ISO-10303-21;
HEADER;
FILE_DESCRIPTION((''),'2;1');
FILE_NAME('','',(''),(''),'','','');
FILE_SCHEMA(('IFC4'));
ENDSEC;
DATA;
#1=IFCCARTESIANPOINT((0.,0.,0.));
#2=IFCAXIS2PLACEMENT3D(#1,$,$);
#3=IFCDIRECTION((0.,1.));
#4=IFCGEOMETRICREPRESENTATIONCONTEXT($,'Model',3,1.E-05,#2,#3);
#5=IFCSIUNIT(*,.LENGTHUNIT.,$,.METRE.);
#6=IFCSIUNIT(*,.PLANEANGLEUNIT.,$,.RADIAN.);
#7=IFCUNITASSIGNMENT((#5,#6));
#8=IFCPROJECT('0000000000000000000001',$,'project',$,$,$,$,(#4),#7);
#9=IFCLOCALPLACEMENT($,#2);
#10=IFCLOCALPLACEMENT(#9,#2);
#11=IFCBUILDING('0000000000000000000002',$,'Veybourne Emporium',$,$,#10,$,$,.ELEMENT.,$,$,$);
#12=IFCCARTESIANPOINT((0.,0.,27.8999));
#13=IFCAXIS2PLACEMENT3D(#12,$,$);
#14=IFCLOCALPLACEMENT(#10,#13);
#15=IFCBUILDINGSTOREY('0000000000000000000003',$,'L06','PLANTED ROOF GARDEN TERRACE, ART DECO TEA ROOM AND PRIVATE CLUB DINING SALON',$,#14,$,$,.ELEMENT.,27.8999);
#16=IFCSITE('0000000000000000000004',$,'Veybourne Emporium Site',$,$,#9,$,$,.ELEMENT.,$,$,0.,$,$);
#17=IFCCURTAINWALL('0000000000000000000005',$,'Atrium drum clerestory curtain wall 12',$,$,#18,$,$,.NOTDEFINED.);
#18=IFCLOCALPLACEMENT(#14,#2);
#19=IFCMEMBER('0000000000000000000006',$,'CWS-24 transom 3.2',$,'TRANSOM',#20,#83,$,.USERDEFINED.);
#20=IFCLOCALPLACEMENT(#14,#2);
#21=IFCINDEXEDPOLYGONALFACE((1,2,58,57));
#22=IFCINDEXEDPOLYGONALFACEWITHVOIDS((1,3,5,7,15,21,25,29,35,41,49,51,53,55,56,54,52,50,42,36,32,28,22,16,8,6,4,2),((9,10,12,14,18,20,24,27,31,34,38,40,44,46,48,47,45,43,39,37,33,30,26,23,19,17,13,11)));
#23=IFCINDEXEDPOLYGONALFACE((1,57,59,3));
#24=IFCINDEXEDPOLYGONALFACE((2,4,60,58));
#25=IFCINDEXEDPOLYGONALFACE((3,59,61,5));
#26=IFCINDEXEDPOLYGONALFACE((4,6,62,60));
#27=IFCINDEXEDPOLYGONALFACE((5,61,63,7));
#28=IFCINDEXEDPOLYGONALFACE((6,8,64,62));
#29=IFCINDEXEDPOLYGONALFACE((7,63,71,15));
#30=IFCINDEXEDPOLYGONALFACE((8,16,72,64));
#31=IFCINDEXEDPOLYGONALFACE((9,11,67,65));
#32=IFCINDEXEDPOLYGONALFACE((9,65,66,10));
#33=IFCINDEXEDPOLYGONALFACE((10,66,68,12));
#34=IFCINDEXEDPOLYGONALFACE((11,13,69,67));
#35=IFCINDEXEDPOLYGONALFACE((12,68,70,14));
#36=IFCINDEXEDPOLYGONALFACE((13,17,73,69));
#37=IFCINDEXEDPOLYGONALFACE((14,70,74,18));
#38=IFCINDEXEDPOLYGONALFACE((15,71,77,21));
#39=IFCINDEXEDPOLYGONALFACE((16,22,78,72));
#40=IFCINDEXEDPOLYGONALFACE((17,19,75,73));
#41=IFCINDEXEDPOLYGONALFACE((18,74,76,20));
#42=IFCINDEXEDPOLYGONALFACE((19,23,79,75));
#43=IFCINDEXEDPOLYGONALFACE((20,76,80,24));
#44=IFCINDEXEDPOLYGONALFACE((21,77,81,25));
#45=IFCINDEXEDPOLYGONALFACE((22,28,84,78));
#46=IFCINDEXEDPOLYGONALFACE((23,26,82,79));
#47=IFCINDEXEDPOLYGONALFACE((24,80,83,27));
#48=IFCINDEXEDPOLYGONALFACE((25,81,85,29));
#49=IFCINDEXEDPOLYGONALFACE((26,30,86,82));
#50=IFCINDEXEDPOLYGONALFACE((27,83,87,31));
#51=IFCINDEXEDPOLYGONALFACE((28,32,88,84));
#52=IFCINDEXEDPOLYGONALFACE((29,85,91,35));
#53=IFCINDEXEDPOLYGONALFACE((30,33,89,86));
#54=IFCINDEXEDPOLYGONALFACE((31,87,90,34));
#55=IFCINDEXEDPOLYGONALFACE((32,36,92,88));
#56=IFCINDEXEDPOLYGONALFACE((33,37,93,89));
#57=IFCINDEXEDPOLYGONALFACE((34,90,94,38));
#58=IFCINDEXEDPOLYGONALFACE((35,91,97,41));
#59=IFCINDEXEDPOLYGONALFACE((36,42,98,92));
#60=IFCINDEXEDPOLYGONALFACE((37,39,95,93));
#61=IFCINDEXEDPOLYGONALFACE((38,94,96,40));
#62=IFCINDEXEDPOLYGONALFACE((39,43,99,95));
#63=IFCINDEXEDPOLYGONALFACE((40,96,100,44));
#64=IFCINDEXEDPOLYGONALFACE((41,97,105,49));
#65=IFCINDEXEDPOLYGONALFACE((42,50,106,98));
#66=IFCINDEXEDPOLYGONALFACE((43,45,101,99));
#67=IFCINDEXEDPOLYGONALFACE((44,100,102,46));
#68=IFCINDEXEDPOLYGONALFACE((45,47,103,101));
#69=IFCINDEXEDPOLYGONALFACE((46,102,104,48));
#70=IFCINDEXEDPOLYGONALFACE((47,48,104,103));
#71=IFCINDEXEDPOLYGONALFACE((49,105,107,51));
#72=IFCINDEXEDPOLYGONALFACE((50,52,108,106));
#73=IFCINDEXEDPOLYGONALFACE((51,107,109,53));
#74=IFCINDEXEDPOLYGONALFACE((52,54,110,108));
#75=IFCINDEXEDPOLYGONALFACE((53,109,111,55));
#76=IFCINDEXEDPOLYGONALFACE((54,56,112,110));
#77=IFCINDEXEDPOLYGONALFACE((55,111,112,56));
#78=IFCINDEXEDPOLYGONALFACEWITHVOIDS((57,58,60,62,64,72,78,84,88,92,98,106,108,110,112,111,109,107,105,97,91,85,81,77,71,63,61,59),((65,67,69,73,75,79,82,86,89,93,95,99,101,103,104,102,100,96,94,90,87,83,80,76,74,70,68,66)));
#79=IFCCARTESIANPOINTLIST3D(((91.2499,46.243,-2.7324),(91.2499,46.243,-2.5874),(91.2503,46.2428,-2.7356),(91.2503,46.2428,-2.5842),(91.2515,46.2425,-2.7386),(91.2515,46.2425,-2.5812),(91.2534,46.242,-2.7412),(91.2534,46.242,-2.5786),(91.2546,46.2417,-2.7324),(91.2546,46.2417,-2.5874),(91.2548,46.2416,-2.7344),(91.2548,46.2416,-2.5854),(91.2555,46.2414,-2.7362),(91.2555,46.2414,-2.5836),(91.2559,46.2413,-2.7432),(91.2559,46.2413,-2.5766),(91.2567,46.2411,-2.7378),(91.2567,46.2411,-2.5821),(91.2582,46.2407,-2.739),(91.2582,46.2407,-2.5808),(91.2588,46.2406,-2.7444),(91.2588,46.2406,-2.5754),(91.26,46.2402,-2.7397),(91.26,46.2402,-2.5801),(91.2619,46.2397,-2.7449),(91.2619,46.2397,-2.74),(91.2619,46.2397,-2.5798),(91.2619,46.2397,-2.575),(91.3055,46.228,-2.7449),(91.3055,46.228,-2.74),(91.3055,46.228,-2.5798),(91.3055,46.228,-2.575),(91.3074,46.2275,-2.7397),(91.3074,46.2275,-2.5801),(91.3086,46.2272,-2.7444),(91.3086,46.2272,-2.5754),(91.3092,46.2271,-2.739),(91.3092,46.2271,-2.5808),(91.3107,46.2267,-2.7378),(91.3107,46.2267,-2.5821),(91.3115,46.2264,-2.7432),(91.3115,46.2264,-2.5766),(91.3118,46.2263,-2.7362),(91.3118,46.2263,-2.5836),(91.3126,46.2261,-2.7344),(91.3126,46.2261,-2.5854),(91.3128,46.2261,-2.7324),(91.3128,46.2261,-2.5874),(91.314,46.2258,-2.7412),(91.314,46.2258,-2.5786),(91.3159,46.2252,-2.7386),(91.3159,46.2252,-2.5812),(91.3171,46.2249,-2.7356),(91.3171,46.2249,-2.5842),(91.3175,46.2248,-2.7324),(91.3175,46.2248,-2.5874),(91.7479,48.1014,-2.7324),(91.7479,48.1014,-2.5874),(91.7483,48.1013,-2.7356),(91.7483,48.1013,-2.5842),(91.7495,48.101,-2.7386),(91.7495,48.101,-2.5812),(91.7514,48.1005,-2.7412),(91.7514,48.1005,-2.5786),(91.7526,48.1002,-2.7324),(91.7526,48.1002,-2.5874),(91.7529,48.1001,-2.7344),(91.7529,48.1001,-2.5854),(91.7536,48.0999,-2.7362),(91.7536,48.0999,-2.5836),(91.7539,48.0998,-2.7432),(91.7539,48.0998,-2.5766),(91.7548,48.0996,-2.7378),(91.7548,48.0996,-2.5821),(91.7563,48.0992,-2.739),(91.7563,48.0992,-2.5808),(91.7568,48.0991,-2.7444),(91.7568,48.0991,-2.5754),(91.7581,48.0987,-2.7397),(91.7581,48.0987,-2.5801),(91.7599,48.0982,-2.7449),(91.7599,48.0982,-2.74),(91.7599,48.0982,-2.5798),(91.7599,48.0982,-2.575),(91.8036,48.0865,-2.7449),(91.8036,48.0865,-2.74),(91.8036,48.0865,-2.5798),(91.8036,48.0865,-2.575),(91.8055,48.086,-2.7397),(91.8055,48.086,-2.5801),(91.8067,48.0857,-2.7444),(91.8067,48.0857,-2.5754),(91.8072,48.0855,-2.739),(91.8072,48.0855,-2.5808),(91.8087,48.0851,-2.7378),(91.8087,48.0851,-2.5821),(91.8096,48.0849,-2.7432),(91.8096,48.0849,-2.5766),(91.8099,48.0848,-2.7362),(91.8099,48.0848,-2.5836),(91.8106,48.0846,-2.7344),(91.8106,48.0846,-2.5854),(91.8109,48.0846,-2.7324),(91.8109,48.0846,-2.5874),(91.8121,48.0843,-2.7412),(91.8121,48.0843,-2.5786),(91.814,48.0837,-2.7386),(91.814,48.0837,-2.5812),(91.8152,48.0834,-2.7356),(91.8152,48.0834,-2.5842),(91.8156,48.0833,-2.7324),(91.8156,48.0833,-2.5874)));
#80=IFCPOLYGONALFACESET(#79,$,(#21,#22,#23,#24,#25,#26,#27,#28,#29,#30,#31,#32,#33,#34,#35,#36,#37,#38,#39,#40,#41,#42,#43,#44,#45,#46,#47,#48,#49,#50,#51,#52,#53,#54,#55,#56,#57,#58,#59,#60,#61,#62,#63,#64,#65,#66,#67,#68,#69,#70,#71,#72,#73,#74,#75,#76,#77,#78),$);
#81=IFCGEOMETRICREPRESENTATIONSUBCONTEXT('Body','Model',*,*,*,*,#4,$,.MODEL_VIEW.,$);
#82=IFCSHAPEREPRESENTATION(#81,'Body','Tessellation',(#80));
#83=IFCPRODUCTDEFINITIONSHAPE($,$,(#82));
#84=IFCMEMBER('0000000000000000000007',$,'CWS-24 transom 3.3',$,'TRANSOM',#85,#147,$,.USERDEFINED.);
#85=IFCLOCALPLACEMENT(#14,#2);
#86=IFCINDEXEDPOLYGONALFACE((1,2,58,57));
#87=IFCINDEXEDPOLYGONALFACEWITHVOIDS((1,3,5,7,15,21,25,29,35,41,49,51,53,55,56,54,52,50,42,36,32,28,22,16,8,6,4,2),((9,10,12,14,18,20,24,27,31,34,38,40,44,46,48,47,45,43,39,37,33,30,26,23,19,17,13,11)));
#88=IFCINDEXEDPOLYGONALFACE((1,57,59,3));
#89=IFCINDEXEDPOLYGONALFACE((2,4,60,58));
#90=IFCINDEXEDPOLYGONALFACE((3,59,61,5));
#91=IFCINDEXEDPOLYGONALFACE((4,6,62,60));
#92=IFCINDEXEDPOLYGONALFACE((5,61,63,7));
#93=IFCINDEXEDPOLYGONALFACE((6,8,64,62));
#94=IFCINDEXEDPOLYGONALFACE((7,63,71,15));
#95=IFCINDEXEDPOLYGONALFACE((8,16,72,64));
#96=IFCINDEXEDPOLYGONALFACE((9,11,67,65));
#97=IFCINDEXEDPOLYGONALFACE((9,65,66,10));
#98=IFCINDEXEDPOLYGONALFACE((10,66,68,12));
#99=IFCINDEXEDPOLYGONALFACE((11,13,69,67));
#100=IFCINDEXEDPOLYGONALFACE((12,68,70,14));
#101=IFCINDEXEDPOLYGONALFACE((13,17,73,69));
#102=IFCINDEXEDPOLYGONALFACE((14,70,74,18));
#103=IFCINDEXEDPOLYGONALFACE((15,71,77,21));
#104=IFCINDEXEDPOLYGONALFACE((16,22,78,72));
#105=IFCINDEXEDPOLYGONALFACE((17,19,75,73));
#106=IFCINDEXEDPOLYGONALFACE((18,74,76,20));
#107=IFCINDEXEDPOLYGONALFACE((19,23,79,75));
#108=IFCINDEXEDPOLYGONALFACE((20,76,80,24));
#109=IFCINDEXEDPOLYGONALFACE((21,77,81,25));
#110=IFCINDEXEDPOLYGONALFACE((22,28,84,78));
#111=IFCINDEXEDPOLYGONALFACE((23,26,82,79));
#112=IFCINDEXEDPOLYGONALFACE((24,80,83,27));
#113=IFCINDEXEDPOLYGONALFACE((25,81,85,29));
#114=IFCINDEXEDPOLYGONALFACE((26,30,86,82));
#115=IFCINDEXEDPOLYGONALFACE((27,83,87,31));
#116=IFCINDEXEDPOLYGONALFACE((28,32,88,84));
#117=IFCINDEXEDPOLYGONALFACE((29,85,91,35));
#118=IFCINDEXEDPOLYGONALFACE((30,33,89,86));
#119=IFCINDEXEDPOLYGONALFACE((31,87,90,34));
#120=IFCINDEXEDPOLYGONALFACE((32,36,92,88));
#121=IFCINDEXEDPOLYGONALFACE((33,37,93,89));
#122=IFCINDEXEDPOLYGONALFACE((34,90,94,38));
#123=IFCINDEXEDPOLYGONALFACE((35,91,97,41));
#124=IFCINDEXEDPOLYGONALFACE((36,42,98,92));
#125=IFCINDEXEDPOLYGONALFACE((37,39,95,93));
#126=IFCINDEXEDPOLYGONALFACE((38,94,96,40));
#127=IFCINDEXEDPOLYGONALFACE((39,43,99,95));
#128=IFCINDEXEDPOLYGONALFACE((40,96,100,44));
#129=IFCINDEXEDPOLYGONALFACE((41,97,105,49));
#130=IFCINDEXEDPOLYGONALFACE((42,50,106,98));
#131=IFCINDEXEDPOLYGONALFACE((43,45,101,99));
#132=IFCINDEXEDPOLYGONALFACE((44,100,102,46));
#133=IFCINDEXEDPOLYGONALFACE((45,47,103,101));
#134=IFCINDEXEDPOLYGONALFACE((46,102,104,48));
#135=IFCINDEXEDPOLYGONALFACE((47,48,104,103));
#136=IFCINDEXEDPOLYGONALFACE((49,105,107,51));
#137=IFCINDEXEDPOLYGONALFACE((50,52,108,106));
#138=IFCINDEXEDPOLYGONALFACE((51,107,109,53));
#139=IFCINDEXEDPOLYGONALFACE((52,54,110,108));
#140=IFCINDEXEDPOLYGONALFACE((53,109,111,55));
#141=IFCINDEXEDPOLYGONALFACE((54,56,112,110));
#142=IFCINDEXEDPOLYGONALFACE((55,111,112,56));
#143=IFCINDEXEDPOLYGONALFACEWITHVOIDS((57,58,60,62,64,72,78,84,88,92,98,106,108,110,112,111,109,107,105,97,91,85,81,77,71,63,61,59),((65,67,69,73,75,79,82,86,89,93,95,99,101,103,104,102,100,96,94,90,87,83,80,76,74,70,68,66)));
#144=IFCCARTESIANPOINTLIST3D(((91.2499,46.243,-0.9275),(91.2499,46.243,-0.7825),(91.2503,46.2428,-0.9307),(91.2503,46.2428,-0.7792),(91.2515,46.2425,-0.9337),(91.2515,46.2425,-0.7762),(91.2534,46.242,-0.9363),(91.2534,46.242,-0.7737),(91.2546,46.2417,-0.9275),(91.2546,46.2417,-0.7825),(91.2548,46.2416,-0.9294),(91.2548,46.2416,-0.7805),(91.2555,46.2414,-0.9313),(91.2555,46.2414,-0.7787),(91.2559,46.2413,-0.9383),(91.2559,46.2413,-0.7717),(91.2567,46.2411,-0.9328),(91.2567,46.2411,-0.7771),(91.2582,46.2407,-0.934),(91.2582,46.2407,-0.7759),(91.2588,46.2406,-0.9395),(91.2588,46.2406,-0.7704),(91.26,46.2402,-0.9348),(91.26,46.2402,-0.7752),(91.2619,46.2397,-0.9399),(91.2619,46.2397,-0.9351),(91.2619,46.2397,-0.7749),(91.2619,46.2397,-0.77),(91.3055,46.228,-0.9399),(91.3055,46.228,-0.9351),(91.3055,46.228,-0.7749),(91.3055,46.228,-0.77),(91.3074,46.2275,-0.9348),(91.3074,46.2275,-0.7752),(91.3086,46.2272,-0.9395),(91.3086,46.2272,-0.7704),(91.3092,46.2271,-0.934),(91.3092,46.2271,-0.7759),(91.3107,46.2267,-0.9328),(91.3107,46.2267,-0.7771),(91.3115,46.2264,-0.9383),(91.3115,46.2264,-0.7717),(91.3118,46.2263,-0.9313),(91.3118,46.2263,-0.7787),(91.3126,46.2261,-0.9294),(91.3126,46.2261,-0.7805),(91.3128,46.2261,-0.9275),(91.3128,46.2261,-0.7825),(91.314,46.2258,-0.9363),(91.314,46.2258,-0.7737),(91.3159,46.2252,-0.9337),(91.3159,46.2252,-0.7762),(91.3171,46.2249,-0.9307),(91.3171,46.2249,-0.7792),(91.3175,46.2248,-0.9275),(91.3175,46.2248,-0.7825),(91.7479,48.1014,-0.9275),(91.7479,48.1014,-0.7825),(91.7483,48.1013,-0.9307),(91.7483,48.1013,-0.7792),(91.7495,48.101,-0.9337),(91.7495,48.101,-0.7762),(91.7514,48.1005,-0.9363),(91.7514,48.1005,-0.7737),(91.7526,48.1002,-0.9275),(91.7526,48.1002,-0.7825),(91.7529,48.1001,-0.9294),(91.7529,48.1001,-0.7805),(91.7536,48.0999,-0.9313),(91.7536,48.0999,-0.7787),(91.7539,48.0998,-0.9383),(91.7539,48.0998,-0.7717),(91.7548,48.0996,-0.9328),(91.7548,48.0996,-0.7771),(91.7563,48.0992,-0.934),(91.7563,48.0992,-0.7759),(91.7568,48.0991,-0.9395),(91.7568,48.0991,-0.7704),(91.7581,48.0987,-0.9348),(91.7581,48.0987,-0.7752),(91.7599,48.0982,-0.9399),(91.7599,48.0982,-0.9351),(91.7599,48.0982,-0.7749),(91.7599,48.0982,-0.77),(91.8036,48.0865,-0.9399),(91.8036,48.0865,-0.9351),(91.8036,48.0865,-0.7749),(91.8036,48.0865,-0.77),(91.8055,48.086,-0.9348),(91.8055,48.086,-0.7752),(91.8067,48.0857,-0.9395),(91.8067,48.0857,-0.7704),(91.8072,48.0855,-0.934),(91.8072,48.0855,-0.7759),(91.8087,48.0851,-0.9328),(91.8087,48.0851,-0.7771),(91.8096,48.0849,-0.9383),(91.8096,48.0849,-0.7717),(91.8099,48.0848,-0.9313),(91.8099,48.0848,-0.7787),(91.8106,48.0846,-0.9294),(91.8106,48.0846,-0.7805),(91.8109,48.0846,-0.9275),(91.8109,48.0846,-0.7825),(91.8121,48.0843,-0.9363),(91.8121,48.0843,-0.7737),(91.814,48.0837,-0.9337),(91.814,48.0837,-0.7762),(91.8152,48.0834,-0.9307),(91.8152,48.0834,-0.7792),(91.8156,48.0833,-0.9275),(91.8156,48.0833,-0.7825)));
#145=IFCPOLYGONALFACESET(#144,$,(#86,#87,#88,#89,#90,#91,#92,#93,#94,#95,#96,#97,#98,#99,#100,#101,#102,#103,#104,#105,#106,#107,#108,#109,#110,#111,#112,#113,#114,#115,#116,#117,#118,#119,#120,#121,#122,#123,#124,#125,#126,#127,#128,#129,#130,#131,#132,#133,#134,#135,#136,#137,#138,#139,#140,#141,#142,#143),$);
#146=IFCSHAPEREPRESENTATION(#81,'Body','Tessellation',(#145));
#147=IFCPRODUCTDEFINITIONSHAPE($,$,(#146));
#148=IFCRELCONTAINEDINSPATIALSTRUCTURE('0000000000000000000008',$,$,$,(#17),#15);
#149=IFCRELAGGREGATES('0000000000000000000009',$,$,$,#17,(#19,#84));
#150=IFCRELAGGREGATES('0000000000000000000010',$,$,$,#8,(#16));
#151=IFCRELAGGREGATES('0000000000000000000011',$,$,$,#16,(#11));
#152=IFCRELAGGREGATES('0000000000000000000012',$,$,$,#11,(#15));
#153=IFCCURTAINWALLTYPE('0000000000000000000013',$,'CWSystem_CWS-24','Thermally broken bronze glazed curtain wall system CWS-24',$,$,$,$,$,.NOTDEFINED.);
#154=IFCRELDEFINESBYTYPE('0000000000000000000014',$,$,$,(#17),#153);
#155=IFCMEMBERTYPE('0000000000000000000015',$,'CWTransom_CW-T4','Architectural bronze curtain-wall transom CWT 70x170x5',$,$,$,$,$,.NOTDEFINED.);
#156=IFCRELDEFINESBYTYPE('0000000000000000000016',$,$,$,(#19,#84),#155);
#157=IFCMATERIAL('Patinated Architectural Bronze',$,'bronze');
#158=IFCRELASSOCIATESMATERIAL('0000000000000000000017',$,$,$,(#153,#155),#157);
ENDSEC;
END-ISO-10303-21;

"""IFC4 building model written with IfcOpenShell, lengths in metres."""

from ifc_helpers import new_model, si_unit, direction, frame, origin, origin_2d, place, context, subcontext, project, spatial, hollow_rectangle, extrude, material, material_profile, profile_set, type_object, element, aggregate, save


model = new_model("IFC4")

# Units and contexts
model_context = context("Model", 3, precision=1e-05, world=origin(), true_north=direction((0.0, 1.0)))
body_context = subcontext(model_context, "Body", "Model", "MODEL_VIEW")
ifc_project = project(units=[si_unit("LENGTHUNIT", "METRE"), si_unit("PLANEANGLEUNIT", "RADIAN")], contexts=[model_context])

# Site, building, storey
site_placement = place(None, origin())
site = spatial("IfcSite", under=ifc_project, at=site_placement, Name="Veybourne Emporium Site", CompositionType="ELEMENT", RefElevation=0.0)
building_placement = place(site_placement, origin())
building = spatial("IfcBuilding", under=site, at=building_placement, Name="Veybourne Emporium", CompositionType="ELEMENT")
storey_placement = place(building_placement, frame((0.0, 0.0, 27.8999)))
storey = spatial("IfcBuildingStorey", under=building, at=storey_placement, Name="L06", Description="PLANTED ROOF GARDEN TERRACE, ART DECO TEA ROOM AND PRIVATE CLUB DINING SALON", CompositionType="ELEMENT", Elevation=27.8999)

# Shared definitions
ifc_material_1 = material(Name="Patinated Architectural Bronze", Category="bronze")

# Curtain wall
curtain_wall_type_1 = type_object("IfcCurtainWallType", Name="CWSystem_CWS-24", Description="Thermally broken bronze glazed curtain wall system CWS-24", PredefinedType="NOTDEFINED", material=ifc_material_1)
curtain_wall_1_placement = place(storey_placement, origin())
curtain_wall_1 = element("IfcCurtainWall", 1, at=curtain_wall_1_placement, inside=storey, type_object=curtain_wall_type_1, Name="Atrium drum clerestory curtain wall 12", PredefinedType="NOTDEFINED")

# Members
ifc_material_profile_1 = material_profile(ifc_material_1, hollow_rectangle(XDim=0.0701, YDim=0.1699, WallThickness=0.0049, InnerFilletRadius=0.0076, OuterFilletRadius=0.0125, at=origin_2d()), Name="CWT 70x170x5")
ifc_profile_set_1 = profile_set([ifc_material_profile_1], Name="Patinated Architectural Bronze")
member_type_1 = type_object("IfcMemberType", Name="CWTransom_CW-T4", Description="Architectural bronze curtain-wall transom CWT 70x170x5", PredefinedType="NOTDEFINED", material=ifc_profile_set_1)
member_1_placement = place(storey_placement, frame((91.2837, 46.2339, -2.6599), z_axis=(0.258863, 0.965914, 0.0), x_axis=(-0.965914, 0.258863, 0.0)))
member_1 = element("IfcMember", 2, at=member_1_placement, type_object=member_type_1, Name="CWS-24 transom 3.2", ObjectType="TRANSOM", PredefinedType="USERDEFINED", context=body_context, shape_type="SweptSolid", body=[
    extrude(hollow_rectangle(XDim=0.0701, YDim=0.1699, WallThickness=0.0049, InnerFilletRadius=0.0076, OuterFilletRadius=0.0125, at=origin_2d()), origin(), (0.0, 0.0, 1.0), 1.9241),
])
member_2_placement = place(storey_placement, frame((91.2837, 46.2339, -0.855), z_axis=(0.258863, 0.965914, 0.0), x_axis=(-0.965914, 0.258863, 0.0)))
member_2 = element("IfcMember", 3, at=member_2_placement, type_object=member_type_1, Name="CWS-24 transom 3.3", ObjectType="TRANSOM", PredefinedType="USERDEFINED", context=body_context, shape_type="SweptSolid", body=[
    extrude(hollow_rectangle(XDim=0.0701, YDim=0.1699, WallThickness=0.0049, InnerFilletRadius=0.0076, OuterFilletRadius=0.0125, at=origin_2d()), origin(), (0.0, 0.0, 1.0), 1.9241),
])

aggregate(curtain_wall_1, [member_1, member_2])

save(model, "model.ifc")
